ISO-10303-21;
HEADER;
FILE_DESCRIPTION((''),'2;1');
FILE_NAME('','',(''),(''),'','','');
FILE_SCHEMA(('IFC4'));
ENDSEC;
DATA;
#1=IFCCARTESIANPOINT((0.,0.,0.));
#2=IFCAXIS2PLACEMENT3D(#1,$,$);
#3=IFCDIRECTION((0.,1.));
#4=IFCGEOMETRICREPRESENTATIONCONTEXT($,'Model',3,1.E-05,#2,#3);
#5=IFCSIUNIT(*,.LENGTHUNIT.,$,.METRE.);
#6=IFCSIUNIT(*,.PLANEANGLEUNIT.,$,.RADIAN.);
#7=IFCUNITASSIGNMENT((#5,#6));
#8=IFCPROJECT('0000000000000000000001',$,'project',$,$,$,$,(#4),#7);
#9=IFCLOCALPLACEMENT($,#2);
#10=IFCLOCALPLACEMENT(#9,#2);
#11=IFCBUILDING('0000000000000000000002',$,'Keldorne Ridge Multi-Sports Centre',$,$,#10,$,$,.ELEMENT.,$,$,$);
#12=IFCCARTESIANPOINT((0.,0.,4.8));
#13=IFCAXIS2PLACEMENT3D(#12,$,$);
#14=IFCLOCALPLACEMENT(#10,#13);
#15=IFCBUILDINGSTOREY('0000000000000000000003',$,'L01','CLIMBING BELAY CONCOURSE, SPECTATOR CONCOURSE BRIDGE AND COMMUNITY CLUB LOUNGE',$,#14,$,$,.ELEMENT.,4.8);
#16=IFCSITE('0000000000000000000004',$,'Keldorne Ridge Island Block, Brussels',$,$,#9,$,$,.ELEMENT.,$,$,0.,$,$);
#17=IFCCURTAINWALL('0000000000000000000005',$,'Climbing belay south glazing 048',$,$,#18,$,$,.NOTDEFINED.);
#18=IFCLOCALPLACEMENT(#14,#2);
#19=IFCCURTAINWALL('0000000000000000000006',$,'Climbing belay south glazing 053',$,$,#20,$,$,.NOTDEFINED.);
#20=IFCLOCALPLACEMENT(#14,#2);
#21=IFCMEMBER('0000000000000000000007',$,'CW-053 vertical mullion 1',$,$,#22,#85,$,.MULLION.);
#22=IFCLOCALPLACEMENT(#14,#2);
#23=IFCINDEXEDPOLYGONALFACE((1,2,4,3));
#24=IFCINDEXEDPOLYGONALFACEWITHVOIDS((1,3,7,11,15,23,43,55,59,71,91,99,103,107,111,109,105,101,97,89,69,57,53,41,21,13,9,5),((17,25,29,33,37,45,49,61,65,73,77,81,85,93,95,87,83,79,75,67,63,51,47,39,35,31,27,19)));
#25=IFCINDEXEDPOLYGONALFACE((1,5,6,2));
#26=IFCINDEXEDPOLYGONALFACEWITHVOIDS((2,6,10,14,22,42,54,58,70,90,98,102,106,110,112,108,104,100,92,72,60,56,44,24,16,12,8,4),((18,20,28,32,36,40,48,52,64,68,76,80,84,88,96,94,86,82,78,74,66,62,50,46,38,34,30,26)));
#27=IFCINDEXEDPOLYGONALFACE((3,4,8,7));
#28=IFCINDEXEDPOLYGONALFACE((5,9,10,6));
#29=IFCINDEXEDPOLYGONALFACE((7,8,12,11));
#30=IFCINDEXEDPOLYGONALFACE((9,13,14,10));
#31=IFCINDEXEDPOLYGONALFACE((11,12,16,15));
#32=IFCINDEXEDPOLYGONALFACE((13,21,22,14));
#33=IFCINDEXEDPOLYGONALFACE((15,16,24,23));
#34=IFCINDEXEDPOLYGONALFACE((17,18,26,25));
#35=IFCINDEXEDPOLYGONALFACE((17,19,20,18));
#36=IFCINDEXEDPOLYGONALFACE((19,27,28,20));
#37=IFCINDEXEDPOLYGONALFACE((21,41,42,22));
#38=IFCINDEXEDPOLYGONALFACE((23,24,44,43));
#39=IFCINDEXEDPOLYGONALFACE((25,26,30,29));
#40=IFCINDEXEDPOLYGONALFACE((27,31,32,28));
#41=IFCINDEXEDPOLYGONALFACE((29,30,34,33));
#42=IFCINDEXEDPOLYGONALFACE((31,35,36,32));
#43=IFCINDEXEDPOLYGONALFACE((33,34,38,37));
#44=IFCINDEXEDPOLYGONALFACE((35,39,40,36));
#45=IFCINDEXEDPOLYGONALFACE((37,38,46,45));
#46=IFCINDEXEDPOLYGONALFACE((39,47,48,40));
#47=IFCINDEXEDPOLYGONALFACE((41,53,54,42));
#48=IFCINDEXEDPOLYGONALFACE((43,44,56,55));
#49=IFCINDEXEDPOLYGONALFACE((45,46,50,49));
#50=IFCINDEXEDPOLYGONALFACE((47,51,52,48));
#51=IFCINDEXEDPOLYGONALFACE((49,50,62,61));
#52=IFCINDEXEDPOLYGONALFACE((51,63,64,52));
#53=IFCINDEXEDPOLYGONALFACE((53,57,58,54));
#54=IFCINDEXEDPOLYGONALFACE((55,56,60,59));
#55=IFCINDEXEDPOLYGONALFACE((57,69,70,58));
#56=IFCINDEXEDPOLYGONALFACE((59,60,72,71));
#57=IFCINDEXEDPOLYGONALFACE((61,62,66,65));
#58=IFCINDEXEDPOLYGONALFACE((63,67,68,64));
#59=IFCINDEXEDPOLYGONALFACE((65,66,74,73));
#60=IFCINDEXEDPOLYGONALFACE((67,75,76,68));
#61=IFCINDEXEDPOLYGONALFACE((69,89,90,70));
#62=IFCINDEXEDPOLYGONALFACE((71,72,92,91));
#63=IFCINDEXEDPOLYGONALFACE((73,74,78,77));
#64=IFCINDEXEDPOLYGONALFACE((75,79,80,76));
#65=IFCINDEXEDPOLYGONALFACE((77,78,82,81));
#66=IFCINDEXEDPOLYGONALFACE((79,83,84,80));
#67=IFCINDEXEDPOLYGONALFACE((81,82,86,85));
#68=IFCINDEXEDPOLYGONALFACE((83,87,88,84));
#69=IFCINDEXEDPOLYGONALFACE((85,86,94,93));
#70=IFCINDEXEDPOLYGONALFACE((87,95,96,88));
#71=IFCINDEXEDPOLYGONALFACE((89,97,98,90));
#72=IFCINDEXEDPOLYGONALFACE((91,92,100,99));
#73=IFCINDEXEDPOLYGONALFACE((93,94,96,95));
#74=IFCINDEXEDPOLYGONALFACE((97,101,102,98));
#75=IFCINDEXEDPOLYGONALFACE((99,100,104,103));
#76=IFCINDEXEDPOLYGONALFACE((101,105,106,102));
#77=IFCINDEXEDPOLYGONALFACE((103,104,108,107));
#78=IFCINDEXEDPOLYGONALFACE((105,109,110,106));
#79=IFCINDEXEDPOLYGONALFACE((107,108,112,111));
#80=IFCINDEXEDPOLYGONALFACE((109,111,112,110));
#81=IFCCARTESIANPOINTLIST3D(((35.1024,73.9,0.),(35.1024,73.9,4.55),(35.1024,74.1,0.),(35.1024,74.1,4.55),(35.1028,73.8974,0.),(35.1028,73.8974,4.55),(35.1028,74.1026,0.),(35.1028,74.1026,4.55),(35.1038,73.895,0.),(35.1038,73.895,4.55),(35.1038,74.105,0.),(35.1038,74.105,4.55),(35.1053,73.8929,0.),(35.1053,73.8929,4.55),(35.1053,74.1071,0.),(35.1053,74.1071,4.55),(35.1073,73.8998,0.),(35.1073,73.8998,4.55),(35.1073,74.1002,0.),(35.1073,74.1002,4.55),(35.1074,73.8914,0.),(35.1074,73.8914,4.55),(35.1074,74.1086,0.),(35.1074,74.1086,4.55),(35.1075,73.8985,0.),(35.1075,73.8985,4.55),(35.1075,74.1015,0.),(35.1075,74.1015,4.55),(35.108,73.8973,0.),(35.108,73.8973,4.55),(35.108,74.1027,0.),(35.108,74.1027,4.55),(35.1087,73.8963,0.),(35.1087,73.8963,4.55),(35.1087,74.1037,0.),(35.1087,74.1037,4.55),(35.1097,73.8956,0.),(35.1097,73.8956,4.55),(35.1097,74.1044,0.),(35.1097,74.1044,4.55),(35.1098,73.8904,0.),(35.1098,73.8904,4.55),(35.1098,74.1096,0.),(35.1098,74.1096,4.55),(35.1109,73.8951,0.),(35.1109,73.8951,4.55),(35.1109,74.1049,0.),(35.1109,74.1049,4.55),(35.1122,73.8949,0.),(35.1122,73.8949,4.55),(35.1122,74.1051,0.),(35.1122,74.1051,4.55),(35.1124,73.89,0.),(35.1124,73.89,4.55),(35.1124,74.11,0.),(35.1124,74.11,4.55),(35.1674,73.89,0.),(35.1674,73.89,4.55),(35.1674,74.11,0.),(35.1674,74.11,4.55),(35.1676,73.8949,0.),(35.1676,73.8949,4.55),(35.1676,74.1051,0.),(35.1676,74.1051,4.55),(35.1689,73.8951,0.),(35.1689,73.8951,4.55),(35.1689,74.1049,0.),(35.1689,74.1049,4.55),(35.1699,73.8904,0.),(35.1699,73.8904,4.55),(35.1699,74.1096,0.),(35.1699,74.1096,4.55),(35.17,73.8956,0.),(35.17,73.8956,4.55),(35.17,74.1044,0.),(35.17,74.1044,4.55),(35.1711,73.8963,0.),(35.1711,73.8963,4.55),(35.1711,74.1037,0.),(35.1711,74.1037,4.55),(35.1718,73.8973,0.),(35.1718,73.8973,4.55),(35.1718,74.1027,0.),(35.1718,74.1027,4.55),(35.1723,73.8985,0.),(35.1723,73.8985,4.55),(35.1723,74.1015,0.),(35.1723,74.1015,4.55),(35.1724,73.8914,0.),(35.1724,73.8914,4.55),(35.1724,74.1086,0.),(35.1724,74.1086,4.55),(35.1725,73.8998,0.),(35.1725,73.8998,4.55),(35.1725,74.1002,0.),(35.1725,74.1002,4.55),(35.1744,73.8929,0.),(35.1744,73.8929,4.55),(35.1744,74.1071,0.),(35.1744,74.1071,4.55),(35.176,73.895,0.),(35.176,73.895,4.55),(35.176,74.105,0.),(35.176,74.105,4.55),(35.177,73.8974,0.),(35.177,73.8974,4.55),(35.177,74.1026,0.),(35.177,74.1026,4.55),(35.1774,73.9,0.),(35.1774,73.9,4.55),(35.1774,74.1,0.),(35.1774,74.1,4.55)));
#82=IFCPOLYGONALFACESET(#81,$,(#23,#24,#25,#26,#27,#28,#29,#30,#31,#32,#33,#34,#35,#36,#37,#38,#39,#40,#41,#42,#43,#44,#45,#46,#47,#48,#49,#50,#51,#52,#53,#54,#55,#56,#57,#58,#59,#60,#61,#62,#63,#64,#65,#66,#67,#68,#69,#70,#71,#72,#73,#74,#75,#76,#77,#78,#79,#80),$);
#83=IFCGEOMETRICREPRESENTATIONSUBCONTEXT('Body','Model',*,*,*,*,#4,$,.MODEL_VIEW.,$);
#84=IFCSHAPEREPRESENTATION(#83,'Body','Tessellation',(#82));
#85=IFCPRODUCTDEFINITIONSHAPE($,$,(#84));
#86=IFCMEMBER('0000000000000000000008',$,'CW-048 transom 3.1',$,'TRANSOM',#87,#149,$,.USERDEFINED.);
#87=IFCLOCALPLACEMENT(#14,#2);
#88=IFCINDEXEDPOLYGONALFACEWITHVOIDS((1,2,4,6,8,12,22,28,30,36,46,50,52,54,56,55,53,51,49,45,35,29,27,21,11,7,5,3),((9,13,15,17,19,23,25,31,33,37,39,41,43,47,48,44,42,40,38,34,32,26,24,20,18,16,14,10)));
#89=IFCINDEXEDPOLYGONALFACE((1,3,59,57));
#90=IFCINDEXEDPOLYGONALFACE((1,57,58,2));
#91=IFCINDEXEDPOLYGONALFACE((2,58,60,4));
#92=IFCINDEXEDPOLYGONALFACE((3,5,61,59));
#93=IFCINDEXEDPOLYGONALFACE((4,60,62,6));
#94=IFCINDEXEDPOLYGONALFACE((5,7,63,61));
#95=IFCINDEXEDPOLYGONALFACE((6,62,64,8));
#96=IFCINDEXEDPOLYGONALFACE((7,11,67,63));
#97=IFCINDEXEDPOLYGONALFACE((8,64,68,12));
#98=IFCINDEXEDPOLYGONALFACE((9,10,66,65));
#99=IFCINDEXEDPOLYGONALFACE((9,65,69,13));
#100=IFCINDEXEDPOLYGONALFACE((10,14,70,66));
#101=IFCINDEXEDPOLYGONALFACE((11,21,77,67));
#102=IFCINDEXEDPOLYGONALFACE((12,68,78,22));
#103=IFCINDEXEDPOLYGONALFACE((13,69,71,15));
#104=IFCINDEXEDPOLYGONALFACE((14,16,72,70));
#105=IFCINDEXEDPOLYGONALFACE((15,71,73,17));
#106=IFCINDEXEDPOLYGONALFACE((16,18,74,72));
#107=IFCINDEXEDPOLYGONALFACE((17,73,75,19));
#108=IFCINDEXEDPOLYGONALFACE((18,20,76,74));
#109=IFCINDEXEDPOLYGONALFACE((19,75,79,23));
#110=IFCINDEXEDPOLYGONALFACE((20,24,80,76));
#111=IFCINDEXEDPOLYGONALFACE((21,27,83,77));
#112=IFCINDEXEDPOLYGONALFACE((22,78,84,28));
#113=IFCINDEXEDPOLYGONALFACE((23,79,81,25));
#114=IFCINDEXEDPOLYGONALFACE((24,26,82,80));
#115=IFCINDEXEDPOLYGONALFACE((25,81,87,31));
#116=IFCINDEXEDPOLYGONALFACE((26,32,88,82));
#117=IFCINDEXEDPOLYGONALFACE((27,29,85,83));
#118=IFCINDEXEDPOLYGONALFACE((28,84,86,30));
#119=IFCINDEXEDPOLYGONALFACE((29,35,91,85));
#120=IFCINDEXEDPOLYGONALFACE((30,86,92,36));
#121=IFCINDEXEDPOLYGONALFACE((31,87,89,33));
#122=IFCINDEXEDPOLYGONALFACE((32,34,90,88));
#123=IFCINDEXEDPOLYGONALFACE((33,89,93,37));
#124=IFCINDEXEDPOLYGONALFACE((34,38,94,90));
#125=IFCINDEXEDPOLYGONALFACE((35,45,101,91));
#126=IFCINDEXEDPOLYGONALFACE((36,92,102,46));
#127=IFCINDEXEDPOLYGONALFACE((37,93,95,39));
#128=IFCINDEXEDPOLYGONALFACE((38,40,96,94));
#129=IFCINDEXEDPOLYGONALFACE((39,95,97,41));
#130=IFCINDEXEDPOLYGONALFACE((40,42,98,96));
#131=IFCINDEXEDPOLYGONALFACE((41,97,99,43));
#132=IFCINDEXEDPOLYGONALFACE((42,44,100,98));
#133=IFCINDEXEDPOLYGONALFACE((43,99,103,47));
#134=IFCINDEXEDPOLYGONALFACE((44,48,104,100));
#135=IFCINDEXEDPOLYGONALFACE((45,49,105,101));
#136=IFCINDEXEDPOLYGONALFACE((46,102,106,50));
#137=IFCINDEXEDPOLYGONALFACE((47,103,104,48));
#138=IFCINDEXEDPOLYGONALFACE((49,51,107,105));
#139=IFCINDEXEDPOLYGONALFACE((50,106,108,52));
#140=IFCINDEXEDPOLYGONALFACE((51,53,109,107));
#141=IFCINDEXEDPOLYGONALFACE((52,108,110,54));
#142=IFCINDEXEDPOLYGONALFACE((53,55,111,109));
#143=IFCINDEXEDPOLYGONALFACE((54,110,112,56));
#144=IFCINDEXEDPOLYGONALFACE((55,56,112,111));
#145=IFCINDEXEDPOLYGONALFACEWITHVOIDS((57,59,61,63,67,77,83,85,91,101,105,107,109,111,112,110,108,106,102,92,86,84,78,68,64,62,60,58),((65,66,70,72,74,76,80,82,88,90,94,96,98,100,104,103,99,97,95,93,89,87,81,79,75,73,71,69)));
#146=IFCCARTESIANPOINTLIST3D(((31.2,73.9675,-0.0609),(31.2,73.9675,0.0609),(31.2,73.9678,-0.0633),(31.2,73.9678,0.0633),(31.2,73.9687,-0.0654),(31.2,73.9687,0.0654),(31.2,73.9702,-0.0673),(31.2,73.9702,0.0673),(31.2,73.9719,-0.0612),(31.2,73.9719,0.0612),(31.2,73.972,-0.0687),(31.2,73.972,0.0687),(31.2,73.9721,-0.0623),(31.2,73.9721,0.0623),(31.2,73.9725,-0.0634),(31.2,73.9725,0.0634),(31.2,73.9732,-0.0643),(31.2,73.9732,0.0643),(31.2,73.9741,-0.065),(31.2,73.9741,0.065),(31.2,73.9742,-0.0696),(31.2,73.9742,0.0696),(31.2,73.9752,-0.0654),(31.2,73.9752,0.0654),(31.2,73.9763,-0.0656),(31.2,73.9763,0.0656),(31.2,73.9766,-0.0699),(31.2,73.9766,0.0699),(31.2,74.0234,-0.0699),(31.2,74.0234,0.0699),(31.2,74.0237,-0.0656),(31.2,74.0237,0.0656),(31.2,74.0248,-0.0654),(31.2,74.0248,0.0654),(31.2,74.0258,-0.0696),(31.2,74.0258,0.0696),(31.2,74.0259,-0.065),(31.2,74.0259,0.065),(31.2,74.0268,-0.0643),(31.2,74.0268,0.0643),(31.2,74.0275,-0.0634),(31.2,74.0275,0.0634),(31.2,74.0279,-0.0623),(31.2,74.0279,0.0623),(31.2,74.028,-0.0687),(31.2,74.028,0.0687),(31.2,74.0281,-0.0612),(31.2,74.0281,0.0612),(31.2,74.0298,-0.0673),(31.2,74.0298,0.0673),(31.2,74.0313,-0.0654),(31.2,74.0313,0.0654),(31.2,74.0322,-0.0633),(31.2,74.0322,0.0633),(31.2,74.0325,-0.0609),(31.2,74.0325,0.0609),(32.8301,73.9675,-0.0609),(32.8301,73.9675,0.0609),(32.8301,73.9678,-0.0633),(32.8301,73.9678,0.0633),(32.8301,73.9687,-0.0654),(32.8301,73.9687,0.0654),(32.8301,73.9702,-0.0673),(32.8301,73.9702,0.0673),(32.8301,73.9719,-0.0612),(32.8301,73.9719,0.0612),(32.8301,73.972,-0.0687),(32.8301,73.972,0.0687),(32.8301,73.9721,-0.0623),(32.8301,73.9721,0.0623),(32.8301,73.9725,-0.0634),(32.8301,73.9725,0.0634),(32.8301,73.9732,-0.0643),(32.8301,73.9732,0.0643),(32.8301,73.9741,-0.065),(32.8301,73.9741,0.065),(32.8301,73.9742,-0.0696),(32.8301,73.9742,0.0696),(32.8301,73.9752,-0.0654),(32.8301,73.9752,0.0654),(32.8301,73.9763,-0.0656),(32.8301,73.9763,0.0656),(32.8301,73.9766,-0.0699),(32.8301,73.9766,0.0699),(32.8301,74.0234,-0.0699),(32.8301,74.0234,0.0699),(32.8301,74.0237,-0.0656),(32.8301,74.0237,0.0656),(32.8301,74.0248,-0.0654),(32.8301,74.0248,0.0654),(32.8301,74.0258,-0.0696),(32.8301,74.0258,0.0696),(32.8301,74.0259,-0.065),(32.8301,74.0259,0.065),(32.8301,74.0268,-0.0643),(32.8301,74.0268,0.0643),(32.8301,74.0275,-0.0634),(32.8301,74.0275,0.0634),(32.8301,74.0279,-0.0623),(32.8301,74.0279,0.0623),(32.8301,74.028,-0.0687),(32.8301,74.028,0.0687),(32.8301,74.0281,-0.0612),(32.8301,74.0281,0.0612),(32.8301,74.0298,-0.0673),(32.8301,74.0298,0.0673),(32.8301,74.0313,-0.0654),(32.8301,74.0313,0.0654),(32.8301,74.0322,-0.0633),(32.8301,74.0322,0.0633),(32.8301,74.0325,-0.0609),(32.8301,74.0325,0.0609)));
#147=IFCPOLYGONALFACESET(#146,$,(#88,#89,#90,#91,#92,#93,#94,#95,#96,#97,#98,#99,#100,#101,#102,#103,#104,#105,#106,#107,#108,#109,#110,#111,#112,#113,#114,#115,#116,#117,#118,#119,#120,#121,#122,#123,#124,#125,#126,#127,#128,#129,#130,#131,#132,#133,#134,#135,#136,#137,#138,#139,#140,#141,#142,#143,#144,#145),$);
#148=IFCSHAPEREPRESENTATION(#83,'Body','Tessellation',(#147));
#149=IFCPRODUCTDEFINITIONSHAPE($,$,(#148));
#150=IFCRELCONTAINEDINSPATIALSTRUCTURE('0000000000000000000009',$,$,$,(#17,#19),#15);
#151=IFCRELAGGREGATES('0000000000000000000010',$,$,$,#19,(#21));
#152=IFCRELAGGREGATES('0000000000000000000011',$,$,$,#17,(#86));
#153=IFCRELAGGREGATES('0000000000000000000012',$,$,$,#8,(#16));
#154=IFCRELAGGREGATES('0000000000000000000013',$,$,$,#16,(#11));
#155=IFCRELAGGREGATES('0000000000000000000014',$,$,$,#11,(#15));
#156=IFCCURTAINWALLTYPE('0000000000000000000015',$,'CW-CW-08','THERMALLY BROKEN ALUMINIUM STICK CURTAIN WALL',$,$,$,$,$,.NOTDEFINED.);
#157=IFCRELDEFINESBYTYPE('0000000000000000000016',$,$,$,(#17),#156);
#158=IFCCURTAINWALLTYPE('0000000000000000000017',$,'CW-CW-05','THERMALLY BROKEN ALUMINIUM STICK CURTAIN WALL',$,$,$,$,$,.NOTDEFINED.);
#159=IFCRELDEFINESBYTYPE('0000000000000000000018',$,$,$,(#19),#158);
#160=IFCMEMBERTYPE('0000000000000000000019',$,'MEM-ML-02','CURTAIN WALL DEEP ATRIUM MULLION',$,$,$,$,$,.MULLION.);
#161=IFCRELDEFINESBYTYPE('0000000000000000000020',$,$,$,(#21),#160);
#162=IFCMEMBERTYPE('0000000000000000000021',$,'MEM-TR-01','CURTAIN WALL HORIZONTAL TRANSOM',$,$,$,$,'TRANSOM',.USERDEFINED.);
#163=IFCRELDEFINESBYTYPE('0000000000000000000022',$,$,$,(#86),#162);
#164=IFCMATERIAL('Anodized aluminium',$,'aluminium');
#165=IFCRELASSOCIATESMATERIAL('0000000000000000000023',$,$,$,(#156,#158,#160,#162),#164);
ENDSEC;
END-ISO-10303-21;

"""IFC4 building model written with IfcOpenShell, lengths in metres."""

from ifc_helpers import new_model, si_unit, direction, frame, origin, origin_2d, place, context, subcontext, project, spatial, hollow_rectangle, extrude, material, material_profile, profile_set, type_object, element, aggregate, save


model = new_model("IFC4")

# Units and contexts
model_context = context("Model", 3, precision=1e-05, world=origin(), true_north=direction((0.0, 1.0)))
body_context = subcontext(model_context, "Body", "Model", "MODEL_VIEW")
ifc_project = project(units=[si_unit("LENGTHUNIT", "METRE"), si_unit("PLANEANGLEUNIT", "RADIAN")], contexts=[model_context])

# Site, building, storey
site_placement = place(None, origin())
site = spatial("IfcSite", under=ifc_project, at=site_placement, Name="Keldorne Ridge Island Block, Brussels", CompositionType="ELEMENT", RefElevation=0.0)
building_placement = place(site_placement, origin())
building = spatial("IfcBuilding", under=site, at=building_placement, Name="Keldorne Ridge Multi-Sports Centre", CompositionType="ELEMENT")
storey_placement = place(building_placement, frame((0.0, 0.0, 4.8)))
storey = spatial("IfcBuildingStorey", under=building, at=storey_placement, Name="L01", Description="CLIMBING BELAY CONCOURSE, SPECTATOR CONCOURSE BRIDGE AND COMMUNITY CLUB LOUNGE", CompositionType="ELEMENT", Elevation=4.8)

# Curtain wall
ifc_material_1 = material(Name="Anodized aluminium", Category="aluminium")
curtain_wall_type_1 = type_object("IfcCurtainWallType", Name="CW-CW-08", Description="THERMALLY BROKEN ALUMINIUM STICK CURTAIN WALL", PredefinedType="NOTDEFINED", material=ifc_material_1)
curtain_wall_1_placement = place(storey_placement, origin())
curtain_wall_1 = element("IfcCurtainWall", 1, at=curtain_wall_1_placement, inside=storey, type_object=curtain_wall_type_1, Name="Climbing belay south glazing 048", PredefinedType="NOTDEFINED")
ifc_material_profile_1 = material_profile(ifc_material_1, hollow_rectangle(XDim=0.075, YDim=0.22, WallThickness=0.0049, InnerFilletRadius=0.0049, OuterFilletRadius=0.01, at=origin_2d()), Name="ALU MULLION 220x75x5")
ifc_profile_set_1 = profile_set([ifc_material_profile_1], Name="Anodized aluminium")
member_type_1 = type_object("IfcMemberType", Name="MEM-ML-02", Description="CURTAIN WALL DEEP ATRIUM MULLION", PredefinedType="MULLION", material=ifc_profile_set_1)

# Curtain wall, member
curtain_wall_type_2 = type_object("IfcCurtainWallType", Name="CW-CW-05", Description="THERMALLY BROKEN ALUMINIUM STICK CURTAIN WALL", PredefinedType="NOTDEFINED", material=ifc_material_1)
curtain_wall_2_placement = place(storey_placement, origin())
curtain_wall_2 = element("IfcCurtainWall", 2, at=curtain_wall_2_placement, inside=storey, type_object=curtain_wall_type_2, Name="Climbing belay south glazing 053", PredefinedType="NOTDEFINED")
member_1_placement = place(storey_placement, frame((35.1399, 74.0, 0.0), z_axis=(0.0, 0.0, 1.0), x_axis=(1.0, 0.0, 0.0)))
member_1 = element("IfcMember", 3, at=member_1_placement, type_object=member_type_1, Name="CW-053 vertical mullion 1", PredefinedType="MULLION", context=body_context, shape_type="SweptSolid", body=[
    extrude(hollow_rectangle(XDim=0.075, YDim=0.22, WallThickness=0.0049, InnerFilletRadius=0.0049, OuterFilletRadius=0.01, at=origin_2d()), origin(), (0.0, 0.0, 1.0), 4.55),
])

# Member
ifc_material_profile_2 = material_profile(ifc_material_1, hollow_rectangle(XDim=0.0649, YDim=0.1399, WallThickness=0.0044, InnerFilletRadius=0.0044, OuterFilletRadius=0.009, at=origin_2d()), Name="ALU TRANSOM 140x65x4.5")
ifc_profile_set_2 = profile_set([ifc_material_profile_2], Name="Anodized aluminium")
member_type_2 = type_object("IfcMemberType", Name="MEM-TR-01", Description="CURTAIN WALL HORIZONTAL TRANSOM", ElementType="TRANSOM", PredefinedType="USERDEFINED", material=ifc_profile_set_2)
member_2_placement = place(storey_placement, frame((31.2, 74.0, 0.0), z_axis=(1.0, 0.0, 0.0), x_axis=(0.0, 1.0, 0.0)))
member_2 = element("IfcMember", 4, at=member_2_placement, type_object=member_type_2, Name="CW-048 transom 3.1", ObjectType="TRANSOM", PredefinedType="USERDEFINED", context=body_context, shape_type="SweptSolid", body=[
    extrude(hollow_rectangle(XDim=0.0649, YDim=0.1399, WallThickness=0.0044, InnerFilletRadius=0.0044, OuterFilletRadius=0.009, at=origin_2d()), origin(), (0.0, 0.0, 1.0), 1.6301),
])
aggregate(curtain_wall_2, [member_1])

aggregate(curtain_wall_1, [member_2])

save(model, "model.ifc")
